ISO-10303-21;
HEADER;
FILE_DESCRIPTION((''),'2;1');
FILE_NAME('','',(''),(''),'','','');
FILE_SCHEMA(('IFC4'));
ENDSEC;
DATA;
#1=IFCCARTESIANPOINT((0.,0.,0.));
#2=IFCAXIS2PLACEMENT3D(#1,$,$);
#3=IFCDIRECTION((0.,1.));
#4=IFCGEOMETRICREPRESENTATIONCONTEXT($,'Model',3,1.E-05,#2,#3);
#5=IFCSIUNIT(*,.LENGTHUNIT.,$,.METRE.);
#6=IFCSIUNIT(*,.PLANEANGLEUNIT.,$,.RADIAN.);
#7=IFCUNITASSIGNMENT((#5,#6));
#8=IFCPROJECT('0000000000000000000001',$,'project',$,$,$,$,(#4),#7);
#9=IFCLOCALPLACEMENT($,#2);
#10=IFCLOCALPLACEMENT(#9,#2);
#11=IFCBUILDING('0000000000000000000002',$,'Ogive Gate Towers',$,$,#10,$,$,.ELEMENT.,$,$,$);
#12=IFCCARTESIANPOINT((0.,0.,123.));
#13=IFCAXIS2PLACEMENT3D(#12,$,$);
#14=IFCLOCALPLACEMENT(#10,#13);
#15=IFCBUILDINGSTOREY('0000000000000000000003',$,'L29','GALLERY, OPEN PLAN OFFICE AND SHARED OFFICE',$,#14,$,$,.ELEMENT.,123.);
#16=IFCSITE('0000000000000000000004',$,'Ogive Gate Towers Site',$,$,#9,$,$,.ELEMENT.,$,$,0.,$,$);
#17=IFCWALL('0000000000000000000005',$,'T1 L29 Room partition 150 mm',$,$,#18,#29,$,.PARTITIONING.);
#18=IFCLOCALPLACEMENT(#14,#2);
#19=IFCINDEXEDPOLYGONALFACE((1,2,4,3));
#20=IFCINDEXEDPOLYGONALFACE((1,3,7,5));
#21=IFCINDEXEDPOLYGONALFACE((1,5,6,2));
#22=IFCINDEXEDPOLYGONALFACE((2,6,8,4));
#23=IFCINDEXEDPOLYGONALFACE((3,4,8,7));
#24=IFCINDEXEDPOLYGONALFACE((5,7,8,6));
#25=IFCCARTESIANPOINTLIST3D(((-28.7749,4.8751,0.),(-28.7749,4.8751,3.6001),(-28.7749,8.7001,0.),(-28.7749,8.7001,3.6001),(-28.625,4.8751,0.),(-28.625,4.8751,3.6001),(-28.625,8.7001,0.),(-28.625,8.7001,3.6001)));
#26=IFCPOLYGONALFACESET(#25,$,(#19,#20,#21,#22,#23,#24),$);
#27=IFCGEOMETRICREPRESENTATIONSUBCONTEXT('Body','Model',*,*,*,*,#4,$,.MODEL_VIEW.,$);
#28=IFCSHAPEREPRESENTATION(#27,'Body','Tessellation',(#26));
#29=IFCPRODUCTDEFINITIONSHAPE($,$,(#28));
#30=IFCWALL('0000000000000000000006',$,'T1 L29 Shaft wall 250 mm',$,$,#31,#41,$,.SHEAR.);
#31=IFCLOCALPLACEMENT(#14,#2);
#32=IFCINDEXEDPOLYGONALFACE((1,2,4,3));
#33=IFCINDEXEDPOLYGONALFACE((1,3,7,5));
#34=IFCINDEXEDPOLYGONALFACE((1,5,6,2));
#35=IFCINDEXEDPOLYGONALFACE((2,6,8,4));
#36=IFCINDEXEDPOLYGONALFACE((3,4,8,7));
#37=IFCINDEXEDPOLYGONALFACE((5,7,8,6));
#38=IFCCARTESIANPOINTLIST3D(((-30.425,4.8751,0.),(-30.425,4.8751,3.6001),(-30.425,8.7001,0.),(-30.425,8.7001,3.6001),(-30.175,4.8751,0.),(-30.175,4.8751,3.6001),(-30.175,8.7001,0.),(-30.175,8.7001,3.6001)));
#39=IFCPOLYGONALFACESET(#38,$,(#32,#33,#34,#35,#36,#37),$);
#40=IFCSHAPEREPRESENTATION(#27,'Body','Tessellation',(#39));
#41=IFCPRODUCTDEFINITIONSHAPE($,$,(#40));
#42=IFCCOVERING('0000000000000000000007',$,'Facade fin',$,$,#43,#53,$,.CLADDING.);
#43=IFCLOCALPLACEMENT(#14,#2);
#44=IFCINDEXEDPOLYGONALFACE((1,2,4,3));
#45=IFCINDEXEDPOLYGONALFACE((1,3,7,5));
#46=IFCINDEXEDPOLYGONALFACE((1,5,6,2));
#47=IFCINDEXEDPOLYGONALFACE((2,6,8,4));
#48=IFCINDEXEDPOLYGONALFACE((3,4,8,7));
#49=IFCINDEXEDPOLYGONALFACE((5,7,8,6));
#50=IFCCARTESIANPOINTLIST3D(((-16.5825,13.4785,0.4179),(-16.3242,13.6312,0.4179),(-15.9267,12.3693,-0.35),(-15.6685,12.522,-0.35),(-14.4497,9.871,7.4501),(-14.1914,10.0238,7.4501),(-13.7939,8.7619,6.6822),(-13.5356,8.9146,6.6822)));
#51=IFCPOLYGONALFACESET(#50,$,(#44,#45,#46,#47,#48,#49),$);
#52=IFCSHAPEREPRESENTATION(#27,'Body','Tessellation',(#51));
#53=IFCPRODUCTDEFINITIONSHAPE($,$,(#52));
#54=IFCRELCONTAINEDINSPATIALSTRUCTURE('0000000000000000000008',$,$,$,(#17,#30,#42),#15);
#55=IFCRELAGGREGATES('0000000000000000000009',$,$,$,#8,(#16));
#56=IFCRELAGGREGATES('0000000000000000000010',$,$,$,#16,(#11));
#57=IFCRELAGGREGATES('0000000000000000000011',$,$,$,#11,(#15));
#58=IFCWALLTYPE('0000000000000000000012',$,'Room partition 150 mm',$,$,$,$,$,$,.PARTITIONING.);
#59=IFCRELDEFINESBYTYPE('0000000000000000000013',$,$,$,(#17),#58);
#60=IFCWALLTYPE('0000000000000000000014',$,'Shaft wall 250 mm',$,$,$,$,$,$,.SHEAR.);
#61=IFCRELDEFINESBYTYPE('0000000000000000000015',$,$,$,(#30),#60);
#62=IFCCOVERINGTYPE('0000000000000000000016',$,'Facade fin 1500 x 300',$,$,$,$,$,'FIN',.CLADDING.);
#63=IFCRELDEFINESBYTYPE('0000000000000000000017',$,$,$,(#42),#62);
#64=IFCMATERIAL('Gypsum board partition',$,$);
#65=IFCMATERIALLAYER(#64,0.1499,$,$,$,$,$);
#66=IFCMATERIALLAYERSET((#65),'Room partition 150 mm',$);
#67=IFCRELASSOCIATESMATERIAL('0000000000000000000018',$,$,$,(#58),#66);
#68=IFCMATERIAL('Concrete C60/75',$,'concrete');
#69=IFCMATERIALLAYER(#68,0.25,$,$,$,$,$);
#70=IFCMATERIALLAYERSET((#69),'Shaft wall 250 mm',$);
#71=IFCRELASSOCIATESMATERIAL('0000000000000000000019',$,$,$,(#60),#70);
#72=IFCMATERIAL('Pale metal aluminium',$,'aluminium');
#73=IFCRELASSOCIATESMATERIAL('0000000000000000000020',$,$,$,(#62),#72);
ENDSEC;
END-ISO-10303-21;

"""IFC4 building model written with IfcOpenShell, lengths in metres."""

from ifc_helpers import new_model, si_unit, direction, frame, frame_2d, origin, origin_2d, place, context, subcontext, project, spatial, rectangle, extrude, material, layer, layer_set, material_profile, profile_set, type_object, element, save


model = new_model("IFC4")

# Units and contexts
model_context = context("Model", 3, precision=1e-05, world=origin(), true_north=direction((0.0, 1.0)))
body_context = subcontext(model_context, "Body", "Model", "MODEL_VIEW")
ifc_project = project(units=[si_unit("LENGTHUNIT", "METRE"), si_unit("PLANEANGLEUNIT", "RADIAN")], contexts=[model_context])

# Site, building, storey
site_placement = place(None, origin())
site = spatial("IfcSite", under=ifc_project, at=site_placement, Name="Ogive Gate Towers Site", CompositionType="ELEMENT", RefElevation=0.0)
building_placement = place(site_placement, origin())
building = spatial("IfcBuilding", under=site, at=building_placement, Name="Ogive Gate Towers", CompositionType="ELEMENT")
storey_placement = place(building_placement, frame((0.0, 0.0, 123.0)))
storey = spatial("IfcBuildingStorey", under=building, at=storey_placement, Name="L29", Description="GALLERY, OPEN PLAN OFFICE AND SHARED OFFICE", CompositionType="ELEMENT", Elevation=123.0)

# Shared definitions
ifc_material_1 = material(Name="Pale metal aluminium", Category="aluminium")

# Shared definitions
ifc_material_2 = material(Name="Gypsum board partition")

# Walls
ifc_layer_1 = layer(ifc_material_2, 0.1499)
ifc_layer_set_1 = layer_set([ifc_layer_1], Name="Room partition 150 mm")
wall_type_1 = type_object("IfcWallType", Name="Room partition 150 mm", PredefinedType="PARTITIONING", material=ifc_layer_set_1)
wall_1_placement = place(storey_placement, frame((-28.7, 4.875, 0.0), z_axis=(0.0, 0.0, 1.0), x_axis=(0.0, 1.0, 0.0)))
element("IfcWall", 1, at=wall_1_placement, inside=storey, type_object=wall_type_1, Name="T1 L29 Room partition 150 mm", PredefinedType="PARTITIONING", context=body_context, shape_type="SweptSolid", body=[
    extrude(rectangle(XDim=3.825, YDim=0.1499, at=frame_2d((1.9126, 0.0))), origin(), (0.0, 0.0, 1.0), 3.6001),
])
ifc_material_3 = material(Name="Concrete C60/75", Category="concrete")
ifc_layer_2 = layer(ifc_material_3, 0.25)
ifc_layer_set_2 = layer_set([ifc_layer_2], Name="Shaft wall 250 mm")
wall_type_2 = type_object("IfcWallType", Name="Shaft wall 250 mm", PredefinedType="SHEAR", material=ifc_layer_set_2)
wall_2_placement = place(storey_placement, frame((-30.3, 4.875, 0.0), z_axis=(0.0, 0.0, 1.0), x_axis=(0.0, 1.0, 0.0)))
element("IfcWall", 2, at=wall_2_placement, inside=storey, type_object=wall_type_2, Name="T1 L29 Shaft wall 250 mm", PredefinedType="SHEAR", context=body_context, shape_type="SweptSolid", body=[
    extrude(rectangle(XDim=3.825, YDim=0.25, at=frame_2d((1.9126, 0.0))), origin(), (0.0, 0.0, 1.0), 3.6001),
])

# Covering
ifc_material_profile_1 = material_profile(ifc_material_1, rectangle(XDim=0.3, YDim=1.5, at=origin_2d()), Name="1500 x 300 pale metal aluminium")
ifc_profile_set_1 = profile_set([ifc_material_profile_1], Name="Pale metal aluminium")
covering_type = type_object("IfcCoveringType", Name="Facade fin 1500 x 300", ElementType="FIN", PredefinedType="CLADDING", material=ifc_profile_set_1)
covering_placement = place(storey_placement, frame((-16.1255, 13.0002, 0.0339), z_axis=(0.260536, -0.440669, 0.85903), x_axis=(0.860806, 0.508933, 0.0)))
element("IfcCovering", 3, at=covering_placement, inside=storey, type_object=covering_type, Name="Facade fin", PredefinedType="CLADDING", context=body_context, shape_type="SweptSolid", body=[
    extrude(rectangle(XDim=0.3, YDim=1.5, at=origin_2d()), origin(), (0.0, 0.0, 1.0), 8.1863),
])

save(model, "model.ifc")
